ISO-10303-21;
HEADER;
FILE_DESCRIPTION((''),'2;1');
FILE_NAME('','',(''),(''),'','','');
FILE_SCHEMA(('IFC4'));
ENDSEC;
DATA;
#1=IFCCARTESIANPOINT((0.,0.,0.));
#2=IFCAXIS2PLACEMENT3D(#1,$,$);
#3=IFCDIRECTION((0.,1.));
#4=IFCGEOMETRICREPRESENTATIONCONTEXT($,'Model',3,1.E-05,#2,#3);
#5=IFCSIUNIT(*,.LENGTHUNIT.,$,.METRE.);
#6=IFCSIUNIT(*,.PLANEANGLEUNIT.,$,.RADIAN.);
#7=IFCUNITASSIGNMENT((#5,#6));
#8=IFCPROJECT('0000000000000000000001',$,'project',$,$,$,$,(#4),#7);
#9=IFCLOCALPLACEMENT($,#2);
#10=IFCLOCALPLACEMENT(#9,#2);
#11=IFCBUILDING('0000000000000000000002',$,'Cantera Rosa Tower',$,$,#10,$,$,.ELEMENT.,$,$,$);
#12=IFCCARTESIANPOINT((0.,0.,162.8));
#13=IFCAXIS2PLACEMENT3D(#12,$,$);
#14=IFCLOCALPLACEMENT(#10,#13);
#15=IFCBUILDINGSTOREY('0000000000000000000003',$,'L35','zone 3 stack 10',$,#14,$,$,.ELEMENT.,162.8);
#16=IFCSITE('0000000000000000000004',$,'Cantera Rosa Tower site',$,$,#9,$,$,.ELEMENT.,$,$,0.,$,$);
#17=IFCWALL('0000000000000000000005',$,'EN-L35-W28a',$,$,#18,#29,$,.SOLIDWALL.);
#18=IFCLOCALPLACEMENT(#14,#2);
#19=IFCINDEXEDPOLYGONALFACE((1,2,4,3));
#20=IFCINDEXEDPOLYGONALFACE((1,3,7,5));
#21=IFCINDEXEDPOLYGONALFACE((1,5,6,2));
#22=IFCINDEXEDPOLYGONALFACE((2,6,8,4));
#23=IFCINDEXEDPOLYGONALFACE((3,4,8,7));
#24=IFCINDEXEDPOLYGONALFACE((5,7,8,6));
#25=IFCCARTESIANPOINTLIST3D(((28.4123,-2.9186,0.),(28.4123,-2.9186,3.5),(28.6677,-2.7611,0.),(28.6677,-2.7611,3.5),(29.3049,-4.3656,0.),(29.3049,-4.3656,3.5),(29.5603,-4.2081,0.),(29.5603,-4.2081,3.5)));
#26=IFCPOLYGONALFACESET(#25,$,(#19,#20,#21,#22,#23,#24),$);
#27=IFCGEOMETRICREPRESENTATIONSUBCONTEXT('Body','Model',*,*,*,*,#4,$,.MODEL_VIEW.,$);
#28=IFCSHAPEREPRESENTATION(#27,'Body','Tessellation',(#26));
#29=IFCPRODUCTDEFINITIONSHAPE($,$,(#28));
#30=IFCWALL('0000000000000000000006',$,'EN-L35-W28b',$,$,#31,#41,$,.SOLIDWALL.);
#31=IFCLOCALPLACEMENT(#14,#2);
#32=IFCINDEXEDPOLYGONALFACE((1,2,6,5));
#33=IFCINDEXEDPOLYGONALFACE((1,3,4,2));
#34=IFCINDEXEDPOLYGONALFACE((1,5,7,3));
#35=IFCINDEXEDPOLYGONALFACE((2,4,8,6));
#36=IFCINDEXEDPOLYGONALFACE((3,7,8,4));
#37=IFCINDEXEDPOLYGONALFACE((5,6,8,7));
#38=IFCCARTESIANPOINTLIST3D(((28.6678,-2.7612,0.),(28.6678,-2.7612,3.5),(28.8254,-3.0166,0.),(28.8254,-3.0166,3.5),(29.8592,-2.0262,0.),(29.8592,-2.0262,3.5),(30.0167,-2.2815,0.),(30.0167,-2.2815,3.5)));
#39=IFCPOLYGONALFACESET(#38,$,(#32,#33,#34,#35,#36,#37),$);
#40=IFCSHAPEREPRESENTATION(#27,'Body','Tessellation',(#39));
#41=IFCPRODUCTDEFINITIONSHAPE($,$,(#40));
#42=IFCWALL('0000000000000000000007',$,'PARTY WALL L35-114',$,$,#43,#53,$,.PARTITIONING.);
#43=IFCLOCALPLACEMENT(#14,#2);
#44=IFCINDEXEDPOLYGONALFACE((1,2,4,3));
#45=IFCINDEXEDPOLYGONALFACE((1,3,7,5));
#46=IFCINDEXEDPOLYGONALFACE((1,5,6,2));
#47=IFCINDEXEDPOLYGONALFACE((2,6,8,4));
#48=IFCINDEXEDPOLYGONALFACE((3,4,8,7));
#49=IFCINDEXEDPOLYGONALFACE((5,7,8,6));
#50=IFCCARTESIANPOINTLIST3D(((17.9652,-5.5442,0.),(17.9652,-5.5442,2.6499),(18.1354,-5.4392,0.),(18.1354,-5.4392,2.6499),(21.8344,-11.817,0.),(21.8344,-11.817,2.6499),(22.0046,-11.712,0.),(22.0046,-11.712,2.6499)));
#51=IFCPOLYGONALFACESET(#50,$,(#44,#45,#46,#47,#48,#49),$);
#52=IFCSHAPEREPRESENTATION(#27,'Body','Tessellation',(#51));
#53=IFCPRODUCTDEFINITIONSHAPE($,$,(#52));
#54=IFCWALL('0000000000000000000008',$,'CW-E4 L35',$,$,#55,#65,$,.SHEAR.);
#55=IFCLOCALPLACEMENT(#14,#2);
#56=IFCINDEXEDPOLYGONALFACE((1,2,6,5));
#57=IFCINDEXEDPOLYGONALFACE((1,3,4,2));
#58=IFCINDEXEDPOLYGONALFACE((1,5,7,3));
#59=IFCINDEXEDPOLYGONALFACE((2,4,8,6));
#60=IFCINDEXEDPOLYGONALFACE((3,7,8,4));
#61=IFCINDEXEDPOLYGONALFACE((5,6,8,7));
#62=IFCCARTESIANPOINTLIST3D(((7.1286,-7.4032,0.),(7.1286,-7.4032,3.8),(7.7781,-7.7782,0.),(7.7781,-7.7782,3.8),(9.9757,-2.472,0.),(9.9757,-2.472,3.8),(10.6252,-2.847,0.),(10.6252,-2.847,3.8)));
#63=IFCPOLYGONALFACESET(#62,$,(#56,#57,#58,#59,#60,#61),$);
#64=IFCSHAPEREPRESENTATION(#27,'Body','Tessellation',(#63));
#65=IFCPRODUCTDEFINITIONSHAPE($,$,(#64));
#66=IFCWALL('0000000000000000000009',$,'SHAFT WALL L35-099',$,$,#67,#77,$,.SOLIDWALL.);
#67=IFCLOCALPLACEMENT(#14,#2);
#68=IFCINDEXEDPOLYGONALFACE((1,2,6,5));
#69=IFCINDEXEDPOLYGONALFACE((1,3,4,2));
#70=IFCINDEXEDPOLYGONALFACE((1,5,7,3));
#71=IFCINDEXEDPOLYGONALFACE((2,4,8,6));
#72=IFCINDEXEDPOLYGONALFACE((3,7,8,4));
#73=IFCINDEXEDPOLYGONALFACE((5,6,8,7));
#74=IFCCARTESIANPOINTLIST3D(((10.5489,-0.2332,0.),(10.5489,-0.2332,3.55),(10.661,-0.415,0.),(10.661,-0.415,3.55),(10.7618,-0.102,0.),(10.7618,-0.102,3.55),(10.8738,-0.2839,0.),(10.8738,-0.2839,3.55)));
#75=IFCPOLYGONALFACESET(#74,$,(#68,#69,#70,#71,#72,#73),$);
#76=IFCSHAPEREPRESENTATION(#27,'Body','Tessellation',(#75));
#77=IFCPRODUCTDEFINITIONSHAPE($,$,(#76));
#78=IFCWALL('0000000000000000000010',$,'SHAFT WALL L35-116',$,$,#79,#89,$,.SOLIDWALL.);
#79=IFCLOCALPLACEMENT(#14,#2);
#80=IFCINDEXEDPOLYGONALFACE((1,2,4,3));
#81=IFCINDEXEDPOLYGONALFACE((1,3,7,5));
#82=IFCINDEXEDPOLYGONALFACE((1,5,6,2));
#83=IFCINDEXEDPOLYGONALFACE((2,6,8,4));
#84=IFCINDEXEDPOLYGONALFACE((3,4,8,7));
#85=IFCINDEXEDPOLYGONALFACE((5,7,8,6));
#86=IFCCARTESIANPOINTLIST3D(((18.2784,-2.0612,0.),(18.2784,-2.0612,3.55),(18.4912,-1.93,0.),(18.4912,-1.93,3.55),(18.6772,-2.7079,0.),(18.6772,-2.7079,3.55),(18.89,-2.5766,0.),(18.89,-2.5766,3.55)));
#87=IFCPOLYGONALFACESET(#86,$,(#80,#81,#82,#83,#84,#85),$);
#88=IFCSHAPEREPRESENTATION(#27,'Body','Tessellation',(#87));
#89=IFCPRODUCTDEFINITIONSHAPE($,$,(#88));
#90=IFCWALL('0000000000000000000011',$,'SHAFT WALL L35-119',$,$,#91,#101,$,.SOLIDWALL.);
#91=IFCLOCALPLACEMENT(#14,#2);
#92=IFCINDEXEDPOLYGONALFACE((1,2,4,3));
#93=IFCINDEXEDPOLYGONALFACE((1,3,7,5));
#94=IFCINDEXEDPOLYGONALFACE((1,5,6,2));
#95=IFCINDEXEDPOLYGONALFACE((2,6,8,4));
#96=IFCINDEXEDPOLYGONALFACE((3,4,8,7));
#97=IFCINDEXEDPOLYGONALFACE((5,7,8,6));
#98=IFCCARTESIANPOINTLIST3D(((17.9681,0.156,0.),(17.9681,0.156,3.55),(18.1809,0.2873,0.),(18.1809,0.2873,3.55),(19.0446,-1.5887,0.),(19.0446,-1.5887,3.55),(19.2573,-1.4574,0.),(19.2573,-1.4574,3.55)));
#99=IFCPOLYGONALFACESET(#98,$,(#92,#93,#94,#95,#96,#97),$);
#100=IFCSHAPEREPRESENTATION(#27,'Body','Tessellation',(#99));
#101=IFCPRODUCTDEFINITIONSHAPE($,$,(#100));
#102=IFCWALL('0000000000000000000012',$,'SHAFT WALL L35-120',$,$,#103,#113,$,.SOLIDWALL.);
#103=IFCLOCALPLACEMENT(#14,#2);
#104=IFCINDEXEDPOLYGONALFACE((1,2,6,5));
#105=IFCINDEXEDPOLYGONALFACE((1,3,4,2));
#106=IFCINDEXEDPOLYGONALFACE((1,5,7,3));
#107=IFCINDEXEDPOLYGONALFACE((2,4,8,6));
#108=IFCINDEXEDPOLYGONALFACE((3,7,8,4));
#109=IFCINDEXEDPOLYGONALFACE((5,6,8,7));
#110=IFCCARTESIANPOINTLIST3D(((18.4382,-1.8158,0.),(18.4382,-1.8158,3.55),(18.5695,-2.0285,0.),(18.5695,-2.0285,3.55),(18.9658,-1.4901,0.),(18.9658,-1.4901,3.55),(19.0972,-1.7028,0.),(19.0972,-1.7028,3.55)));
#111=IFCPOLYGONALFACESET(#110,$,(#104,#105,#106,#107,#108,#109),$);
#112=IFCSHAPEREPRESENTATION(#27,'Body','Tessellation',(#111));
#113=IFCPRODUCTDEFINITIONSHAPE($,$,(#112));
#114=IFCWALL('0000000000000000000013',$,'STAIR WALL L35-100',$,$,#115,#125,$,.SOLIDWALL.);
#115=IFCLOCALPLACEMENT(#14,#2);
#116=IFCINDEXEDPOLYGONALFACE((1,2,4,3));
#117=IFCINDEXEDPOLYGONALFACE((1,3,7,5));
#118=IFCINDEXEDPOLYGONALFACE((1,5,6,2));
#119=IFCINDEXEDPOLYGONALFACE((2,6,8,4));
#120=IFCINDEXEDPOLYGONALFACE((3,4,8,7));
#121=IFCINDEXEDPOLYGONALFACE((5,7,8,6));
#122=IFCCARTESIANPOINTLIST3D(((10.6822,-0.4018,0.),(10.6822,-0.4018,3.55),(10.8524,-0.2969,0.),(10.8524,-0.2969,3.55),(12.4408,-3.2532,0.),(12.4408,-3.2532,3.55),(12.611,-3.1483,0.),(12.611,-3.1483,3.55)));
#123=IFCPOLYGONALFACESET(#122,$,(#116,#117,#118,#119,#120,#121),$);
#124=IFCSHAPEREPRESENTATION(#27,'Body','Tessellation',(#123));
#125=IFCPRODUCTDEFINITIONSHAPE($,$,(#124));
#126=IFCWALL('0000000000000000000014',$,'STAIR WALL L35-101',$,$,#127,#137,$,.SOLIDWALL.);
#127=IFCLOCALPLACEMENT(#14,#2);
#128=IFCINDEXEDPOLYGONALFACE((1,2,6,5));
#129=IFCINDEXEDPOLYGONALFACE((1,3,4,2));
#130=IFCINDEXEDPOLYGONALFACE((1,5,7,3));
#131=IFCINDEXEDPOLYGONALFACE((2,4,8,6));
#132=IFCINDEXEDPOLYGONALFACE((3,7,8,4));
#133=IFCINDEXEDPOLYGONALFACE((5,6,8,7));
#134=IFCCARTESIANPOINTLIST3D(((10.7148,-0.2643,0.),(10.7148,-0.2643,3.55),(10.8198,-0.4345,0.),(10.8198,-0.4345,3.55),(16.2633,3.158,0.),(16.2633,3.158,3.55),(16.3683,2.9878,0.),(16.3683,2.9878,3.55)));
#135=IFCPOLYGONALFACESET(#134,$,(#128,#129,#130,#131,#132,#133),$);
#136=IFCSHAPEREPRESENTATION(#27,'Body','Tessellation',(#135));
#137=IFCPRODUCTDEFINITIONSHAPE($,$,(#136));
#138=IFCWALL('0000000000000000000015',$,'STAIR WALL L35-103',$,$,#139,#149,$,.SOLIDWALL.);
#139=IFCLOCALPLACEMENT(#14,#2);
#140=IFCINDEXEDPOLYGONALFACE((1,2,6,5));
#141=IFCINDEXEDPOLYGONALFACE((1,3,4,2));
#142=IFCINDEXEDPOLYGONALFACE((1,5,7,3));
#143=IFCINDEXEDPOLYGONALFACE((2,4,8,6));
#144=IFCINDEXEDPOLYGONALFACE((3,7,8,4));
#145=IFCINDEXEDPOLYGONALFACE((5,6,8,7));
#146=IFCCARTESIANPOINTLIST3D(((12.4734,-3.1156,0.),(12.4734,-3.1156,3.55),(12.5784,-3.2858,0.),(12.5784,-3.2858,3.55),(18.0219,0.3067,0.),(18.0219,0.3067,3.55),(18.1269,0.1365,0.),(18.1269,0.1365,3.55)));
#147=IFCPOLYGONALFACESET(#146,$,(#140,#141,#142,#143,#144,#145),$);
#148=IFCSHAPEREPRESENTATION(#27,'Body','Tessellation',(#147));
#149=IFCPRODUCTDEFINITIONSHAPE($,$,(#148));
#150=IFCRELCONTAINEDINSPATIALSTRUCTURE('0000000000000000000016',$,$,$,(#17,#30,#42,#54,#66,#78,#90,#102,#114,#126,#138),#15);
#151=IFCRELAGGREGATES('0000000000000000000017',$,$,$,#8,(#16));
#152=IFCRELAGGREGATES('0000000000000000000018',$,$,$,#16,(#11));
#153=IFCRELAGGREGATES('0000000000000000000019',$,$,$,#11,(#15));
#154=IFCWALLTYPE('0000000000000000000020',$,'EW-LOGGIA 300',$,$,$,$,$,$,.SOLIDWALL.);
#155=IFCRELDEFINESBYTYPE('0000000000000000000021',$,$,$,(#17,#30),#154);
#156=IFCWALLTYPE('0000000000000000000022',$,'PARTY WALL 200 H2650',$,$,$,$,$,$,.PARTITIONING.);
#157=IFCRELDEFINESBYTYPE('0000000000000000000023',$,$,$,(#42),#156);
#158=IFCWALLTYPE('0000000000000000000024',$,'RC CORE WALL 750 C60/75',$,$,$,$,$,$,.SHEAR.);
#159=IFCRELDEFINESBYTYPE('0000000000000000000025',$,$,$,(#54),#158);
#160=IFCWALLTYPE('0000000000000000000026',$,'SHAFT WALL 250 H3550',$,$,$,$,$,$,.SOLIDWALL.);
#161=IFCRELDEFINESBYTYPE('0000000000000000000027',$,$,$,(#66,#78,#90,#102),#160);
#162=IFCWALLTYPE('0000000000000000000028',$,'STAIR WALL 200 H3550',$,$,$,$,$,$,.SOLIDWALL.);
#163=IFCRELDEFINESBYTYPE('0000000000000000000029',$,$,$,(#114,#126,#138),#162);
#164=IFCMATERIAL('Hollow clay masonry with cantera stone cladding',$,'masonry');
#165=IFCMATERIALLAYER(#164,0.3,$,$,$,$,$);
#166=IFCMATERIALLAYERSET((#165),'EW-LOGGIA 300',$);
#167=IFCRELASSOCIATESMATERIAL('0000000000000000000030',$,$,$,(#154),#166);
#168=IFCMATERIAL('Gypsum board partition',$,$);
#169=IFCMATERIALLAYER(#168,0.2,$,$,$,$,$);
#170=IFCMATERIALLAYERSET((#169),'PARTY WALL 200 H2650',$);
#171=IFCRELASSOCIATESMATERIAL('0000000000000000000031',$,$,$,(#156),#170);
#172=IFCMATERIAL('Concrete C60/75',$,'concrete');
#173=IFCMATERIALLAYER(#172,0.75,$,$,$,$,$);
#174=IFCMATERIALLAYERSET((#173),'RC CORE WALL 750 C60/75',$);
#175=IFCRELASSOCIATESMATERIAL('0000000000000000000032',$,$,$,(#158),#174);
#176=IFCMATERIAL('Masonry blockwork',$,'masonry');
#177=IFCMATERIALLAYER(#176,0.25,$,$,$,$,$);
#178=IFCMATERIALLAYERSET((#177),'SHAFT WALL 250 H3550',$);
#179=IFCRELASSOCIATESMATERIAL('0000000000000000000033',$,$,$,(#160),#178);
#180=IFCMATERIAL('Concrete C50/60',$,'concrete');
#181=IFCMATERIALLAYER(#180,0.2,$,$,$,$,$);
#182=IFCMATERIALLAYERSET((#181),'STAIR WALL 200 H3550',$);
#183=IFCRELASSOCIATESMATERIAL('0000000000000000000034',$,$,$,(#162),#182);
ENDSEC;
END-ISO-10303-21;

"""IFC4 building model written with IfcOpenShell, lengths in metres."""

from ifc_helpers import new_model, si_unit, direction, frame, frame_2d, origin, place, context, subcontext, project, spatial, rectangle, extrude, material, layer, layer_set, type_object, element, save


model = new_model("IFC4")

# Units and contexts
model_context = context("Model", 3, precision=1e-05, world=origin(), true_north=direction((0.0, 1.0)))
body_context = subcontext(model_context, "Body", "Model", "MODEL_VIEW")
ifc_project = project(units=[si_unit("LENGTHUNIT", "METRE"), si_unit("PLANEANGLEUNIT", "RADIAN")], contexts=[model_context])

# Site, building, storey
site_placement = place(None, origin())
site = spatial("IfcSite", under=ifc_project, at=site_placement, Name="Cantera Rosa Tower site", CompositionType="ELEMENT", RefElevation=0.0)
building_placement = place(site_placement, origin())
building = spatial("IfcBuilding", under=site, at=building_placement, Name="Cantera Rosa Tower", CompositionType="ELEMENT")
storey_placement = place(building_placement, frame((0.0, 0.0, 162.8)))
storey = spatial("IfcBuildingStorey", under=building, at=storey_placement, Name="L35", Description="zone 3 stack 10", CompositionType="ELEMENT", Elevation=162.8)

# Walls
ifc_material_1 = material(Name="Hollow clay masonry with cantera stone cladding", Category="masonry")
ifc_layer_1 = layer(ifc_material_1, 0.3)
ifc_layer_set_1 = layer_set([ifc_layer_1], Name="EW-LOGGIA 300")
wall_type_1 = type_object("IfcWallType", Name="EW-LOGGIA 300", PredefinedType="SOLIDWALL", material=ifc_layer_set_1)
wall_1_placement = place(storey_placement, frame((29.4326, -4.2869, 0.0), z_axis=(0.0, 0.0, 1.0), x_axis=(-0.524994, 0.851106, 0.0)))
element("IfcWall", 1, at=wall_1_placement, inside=storey, type_object=wall_type_1, Name="EN-L35-W28a", PredefinedType="SOLIDWALL", context=body_context, shape_type="SweptSolid", body=[
    extrude(rectangle(XDim=1.7002, YDim=0.3, at=frame_2d((0.8501, 0.0))), origin(), (0.0, 0.0, 1.0), 3.5),
])
wall_2_placement = place(storey_placement, frame((28.7466, -2.8889, 0.0), z_axis=(0.0, 0.0, 1.0), x_axis=(0.851041, 0.525099, 0.0)))
element("IfcWall", 2, at=wall_2_placement, inside=storey, type_object=wall_type_1, Name="EN-L35-W28b", PredefinedType="SOLIDWALL", context=body_context, shape_type="SweptSolid", body=[
    extrude(rectangle(XDim=1.3999, YDim=0.3, at=frame_2d((0.7, 0.0))), origin(), (0.0, 0.0, 1.0), 3.5),
])

# Walls
ifc_material_2 = material(Name="Gypsum board partition")
ifc_layer_2 = layer(ifc_material_2, 0.2)
ifc_layer_set_2 = layer_set([ifc_layer_2], Name="PARTY WALL 200 H2650")
wall_type_2 = type_object("IfcWallType", Name="PARTY WALL 200 H2650", PredefinedType="PARTITIONING", material=ifc_layer_set_2)
wall_3_placement = place(storey_placement, frame((18.0503, -5.4917, 0.0), z_axis=(0.0, 0.0, 1.0), x_axis=(0.524984, -0.851112, 0.0)))
element("IfcWall", 3, at=wall_3_placement, inside=storey, type_object=wall_type_2, Name="PARTY WALL L35-114", PredefinedType="PARTITIONING", context=body_context, shape_type="SweptSolid", body=[
    extrude(rectangle(XDim=7.3701, YDim=0.2, at=frame_2d((3.6851, 0.0))), origin(), (0.0, 0.0, 1.0), 2.6499),
])
ifc_material_3 = material(Name="Concrete C60/75", Category="concrete")
ifc_layer_3 = layer(ifc_material_3, 0.75)
ifc_layer_set_3 = layer_set([ifc_layer_3], Name="RC CORE WALL 750 C60/75")
wall_type_3 = type_object("IfcWallType", Name="RC CORE WALL 750 C60/75", PredefinedType="SHEAR", material=ifc_layer_set_3)
wall_4_placement = place(storey_placement, frame((10.3005, -2.6594, 0.0), z_axis=(0.0, 0.0, 1.0), x_axis=(-0.500022, -0.866013, 0.0)))
element("IfcWall", 4, at=wall_4_placement, inside=storey, type_object=wall_type_3, Name="CW-E4 L35", PredefinedType="SHEAR", context=body_context, shape_type="SweptSolid", body=[
    extrude(rectangle(XDim=5.6941, YDim=0.75, at=frame_2d((2.8472, 0.0))), origin(), (0.0, 0.0, 1.0), 3.8),
])
ifc_material_4 = material(Name="Masonry blockwork", Category="masonry")
ifc_layer_4 = layer(ifc_material_4, 0.25)
ifc_layer_set_4 = layer_set([ifc_layer_4], Name="SHAFT WALL 250 H3550")
wall_type_4 = type_object("IfcWallType", Name="SHAFT WALL 250 H3550", PredefinedType="SOLIDWALL", material=ifc_layer_set_4)
wall_5_placement = place(storey_placement, frame((10.6553, -0.1675, 0.0), z_axis=(0.0, 0.0, 1.0), x_axis=(0.524544, -0.851384, 0.0)))
element("IfcWall", 5, at=wall_5_placement, inside=storey, type_object=wall_type_4, Name="SHAFT WALL L35-099", PredefinedType="SOLIDWALL", context=body_context, shape_type="SweptSolid", body=[
    extrude(rectangle(XDim=0.2136, YDim=0.25, at=frame_2d((0.1069, 0.0))), origin(), (0.0, 0.0, 1.0), 3.55),
])
wall_6_placement = place(storey_placement, frame((18.3848, -1.9956, 0.0), z_axis=(0.0, 0.0, 1.0), x_axis=(0.524993, -0.851106, 0.0)))
element("IfcWall", 6, at=wall_6_placement, inside=storey, type_object=wall_type_4, Name="SHAFT WALL L35-116", PredefinedType="SOLIDWALL", context=body_context, shape_type="SweptSolid", body=[
    extrude(rectangle(XDim=0.7598, YDim=0.25, at=frame_2d((0.3799, 0.0))), origin(), (0.0, 0.0, 1.0), 3.55),
])
wall_7_placement = place(storey_placement, frame((19.1509, -1.5229, 0.0), z_axis=(0.0, 0.0, 1.0), x_axis=(-0.525087, 0.851048, 0.0)))
element("IfcWall", 7, at=wall_7_placement, inside=storey, type_object=wall_type_4, Name="SHAFT WALL L35-119", PredefinedType="SOLIDWALL", context=body_context, shape_type="SweptSolid", body=[
    extrude(rectangle(XDim=2.05, YDim=0.25, at=frame_2d((1.0249, 0.0))), origin(), (0.0, 0.0, 1.0), 3.55),
])
wall_8_placement = place(storey_placement, frame((19.0315, -1.5964, 0.0), z_axis=(0.0, 0.0, 1.0), x_axis=(-0.850927, -0.525283, 0.0)))
element("IfcWall", 8, at=wall_8_placement, inside=storey, type_object=wall_type_4, Name="SHAFT WALL L35-120", PredefinedType="SOLIDWALL", context=body_context, shape_type="SweptSolid", body=[
    extrude(rectangle(XDim=0.6201, YDim=0.25, at=frame_2d((0.3101, 0.0))), origin(), (0.0, 0.0, 1.0), 3.55),
])
ifc_material_5 = material(Name="Concrete C50/60", Category="concrete")
ifc_layer_5 = layer(ifc_material_5, 0.2)
ifc_layer_set_5 = layer_set([ifc_layer_5], Name="STAIR WALL 200 H3550")
wall_type_5 = type_object("IfcWallType", Name="STAIR WALL 200 H3550", PredefinedType="SOLIDWALL", material=ifc_layer_set_5)
wall_9_placement = place(storey_placement, frame((10.7673, -0.3494, 0.0), z_axis=(0.0, 0.0, 1.0), x_axis=(0.524939, -0.85114, 0.0)))
element("IfcWall", 9, at=wall_9_placement, inside=storey, type_object=wall_type_5, Name="STAIR WALL L35-100", PredefinedType="SOLIDWALL", context=body_context, shape_type="SweptSolid", body=[
    extrude(rectangle(XDim=3.3501, YDim=0.2, at=frame_2d((1.675, 0.0))), origin(), (0.0, 0.0, 1.0), 3.55),
])
for number, where, z_axis, x_axis, name in (
    (10, (10.7673, -0.3494, 0.0), (0.0, 0.0, 1.0), (0.85112, 0.524971, 0.0), "STAIR WALL L35-101"),
    (11, (12.5259, -3.2007, 0.0), (0.0, 0.0, 1.0), (0.85112, 0.524971, 0.0), "STAIR WALL L35-103"),
):
    element("IfcWall", number, at=place(storey_placement, frame(where, z_axis=z_axis, x_axis=x_axis)), inside=storey, type_object=wall_type_5, Name=name, PredefinedType="SOLIDWALL", context=body_context, shape_type="SweptSolid", body=[
        extrude(rectangle(XDim=6.519, YDim=0.2, at=frame_2d((3.2595, 0.0))), origin(), (0.0, 0.0, 1.0), 3.55),
    ])

save(model, "model.ifc")
